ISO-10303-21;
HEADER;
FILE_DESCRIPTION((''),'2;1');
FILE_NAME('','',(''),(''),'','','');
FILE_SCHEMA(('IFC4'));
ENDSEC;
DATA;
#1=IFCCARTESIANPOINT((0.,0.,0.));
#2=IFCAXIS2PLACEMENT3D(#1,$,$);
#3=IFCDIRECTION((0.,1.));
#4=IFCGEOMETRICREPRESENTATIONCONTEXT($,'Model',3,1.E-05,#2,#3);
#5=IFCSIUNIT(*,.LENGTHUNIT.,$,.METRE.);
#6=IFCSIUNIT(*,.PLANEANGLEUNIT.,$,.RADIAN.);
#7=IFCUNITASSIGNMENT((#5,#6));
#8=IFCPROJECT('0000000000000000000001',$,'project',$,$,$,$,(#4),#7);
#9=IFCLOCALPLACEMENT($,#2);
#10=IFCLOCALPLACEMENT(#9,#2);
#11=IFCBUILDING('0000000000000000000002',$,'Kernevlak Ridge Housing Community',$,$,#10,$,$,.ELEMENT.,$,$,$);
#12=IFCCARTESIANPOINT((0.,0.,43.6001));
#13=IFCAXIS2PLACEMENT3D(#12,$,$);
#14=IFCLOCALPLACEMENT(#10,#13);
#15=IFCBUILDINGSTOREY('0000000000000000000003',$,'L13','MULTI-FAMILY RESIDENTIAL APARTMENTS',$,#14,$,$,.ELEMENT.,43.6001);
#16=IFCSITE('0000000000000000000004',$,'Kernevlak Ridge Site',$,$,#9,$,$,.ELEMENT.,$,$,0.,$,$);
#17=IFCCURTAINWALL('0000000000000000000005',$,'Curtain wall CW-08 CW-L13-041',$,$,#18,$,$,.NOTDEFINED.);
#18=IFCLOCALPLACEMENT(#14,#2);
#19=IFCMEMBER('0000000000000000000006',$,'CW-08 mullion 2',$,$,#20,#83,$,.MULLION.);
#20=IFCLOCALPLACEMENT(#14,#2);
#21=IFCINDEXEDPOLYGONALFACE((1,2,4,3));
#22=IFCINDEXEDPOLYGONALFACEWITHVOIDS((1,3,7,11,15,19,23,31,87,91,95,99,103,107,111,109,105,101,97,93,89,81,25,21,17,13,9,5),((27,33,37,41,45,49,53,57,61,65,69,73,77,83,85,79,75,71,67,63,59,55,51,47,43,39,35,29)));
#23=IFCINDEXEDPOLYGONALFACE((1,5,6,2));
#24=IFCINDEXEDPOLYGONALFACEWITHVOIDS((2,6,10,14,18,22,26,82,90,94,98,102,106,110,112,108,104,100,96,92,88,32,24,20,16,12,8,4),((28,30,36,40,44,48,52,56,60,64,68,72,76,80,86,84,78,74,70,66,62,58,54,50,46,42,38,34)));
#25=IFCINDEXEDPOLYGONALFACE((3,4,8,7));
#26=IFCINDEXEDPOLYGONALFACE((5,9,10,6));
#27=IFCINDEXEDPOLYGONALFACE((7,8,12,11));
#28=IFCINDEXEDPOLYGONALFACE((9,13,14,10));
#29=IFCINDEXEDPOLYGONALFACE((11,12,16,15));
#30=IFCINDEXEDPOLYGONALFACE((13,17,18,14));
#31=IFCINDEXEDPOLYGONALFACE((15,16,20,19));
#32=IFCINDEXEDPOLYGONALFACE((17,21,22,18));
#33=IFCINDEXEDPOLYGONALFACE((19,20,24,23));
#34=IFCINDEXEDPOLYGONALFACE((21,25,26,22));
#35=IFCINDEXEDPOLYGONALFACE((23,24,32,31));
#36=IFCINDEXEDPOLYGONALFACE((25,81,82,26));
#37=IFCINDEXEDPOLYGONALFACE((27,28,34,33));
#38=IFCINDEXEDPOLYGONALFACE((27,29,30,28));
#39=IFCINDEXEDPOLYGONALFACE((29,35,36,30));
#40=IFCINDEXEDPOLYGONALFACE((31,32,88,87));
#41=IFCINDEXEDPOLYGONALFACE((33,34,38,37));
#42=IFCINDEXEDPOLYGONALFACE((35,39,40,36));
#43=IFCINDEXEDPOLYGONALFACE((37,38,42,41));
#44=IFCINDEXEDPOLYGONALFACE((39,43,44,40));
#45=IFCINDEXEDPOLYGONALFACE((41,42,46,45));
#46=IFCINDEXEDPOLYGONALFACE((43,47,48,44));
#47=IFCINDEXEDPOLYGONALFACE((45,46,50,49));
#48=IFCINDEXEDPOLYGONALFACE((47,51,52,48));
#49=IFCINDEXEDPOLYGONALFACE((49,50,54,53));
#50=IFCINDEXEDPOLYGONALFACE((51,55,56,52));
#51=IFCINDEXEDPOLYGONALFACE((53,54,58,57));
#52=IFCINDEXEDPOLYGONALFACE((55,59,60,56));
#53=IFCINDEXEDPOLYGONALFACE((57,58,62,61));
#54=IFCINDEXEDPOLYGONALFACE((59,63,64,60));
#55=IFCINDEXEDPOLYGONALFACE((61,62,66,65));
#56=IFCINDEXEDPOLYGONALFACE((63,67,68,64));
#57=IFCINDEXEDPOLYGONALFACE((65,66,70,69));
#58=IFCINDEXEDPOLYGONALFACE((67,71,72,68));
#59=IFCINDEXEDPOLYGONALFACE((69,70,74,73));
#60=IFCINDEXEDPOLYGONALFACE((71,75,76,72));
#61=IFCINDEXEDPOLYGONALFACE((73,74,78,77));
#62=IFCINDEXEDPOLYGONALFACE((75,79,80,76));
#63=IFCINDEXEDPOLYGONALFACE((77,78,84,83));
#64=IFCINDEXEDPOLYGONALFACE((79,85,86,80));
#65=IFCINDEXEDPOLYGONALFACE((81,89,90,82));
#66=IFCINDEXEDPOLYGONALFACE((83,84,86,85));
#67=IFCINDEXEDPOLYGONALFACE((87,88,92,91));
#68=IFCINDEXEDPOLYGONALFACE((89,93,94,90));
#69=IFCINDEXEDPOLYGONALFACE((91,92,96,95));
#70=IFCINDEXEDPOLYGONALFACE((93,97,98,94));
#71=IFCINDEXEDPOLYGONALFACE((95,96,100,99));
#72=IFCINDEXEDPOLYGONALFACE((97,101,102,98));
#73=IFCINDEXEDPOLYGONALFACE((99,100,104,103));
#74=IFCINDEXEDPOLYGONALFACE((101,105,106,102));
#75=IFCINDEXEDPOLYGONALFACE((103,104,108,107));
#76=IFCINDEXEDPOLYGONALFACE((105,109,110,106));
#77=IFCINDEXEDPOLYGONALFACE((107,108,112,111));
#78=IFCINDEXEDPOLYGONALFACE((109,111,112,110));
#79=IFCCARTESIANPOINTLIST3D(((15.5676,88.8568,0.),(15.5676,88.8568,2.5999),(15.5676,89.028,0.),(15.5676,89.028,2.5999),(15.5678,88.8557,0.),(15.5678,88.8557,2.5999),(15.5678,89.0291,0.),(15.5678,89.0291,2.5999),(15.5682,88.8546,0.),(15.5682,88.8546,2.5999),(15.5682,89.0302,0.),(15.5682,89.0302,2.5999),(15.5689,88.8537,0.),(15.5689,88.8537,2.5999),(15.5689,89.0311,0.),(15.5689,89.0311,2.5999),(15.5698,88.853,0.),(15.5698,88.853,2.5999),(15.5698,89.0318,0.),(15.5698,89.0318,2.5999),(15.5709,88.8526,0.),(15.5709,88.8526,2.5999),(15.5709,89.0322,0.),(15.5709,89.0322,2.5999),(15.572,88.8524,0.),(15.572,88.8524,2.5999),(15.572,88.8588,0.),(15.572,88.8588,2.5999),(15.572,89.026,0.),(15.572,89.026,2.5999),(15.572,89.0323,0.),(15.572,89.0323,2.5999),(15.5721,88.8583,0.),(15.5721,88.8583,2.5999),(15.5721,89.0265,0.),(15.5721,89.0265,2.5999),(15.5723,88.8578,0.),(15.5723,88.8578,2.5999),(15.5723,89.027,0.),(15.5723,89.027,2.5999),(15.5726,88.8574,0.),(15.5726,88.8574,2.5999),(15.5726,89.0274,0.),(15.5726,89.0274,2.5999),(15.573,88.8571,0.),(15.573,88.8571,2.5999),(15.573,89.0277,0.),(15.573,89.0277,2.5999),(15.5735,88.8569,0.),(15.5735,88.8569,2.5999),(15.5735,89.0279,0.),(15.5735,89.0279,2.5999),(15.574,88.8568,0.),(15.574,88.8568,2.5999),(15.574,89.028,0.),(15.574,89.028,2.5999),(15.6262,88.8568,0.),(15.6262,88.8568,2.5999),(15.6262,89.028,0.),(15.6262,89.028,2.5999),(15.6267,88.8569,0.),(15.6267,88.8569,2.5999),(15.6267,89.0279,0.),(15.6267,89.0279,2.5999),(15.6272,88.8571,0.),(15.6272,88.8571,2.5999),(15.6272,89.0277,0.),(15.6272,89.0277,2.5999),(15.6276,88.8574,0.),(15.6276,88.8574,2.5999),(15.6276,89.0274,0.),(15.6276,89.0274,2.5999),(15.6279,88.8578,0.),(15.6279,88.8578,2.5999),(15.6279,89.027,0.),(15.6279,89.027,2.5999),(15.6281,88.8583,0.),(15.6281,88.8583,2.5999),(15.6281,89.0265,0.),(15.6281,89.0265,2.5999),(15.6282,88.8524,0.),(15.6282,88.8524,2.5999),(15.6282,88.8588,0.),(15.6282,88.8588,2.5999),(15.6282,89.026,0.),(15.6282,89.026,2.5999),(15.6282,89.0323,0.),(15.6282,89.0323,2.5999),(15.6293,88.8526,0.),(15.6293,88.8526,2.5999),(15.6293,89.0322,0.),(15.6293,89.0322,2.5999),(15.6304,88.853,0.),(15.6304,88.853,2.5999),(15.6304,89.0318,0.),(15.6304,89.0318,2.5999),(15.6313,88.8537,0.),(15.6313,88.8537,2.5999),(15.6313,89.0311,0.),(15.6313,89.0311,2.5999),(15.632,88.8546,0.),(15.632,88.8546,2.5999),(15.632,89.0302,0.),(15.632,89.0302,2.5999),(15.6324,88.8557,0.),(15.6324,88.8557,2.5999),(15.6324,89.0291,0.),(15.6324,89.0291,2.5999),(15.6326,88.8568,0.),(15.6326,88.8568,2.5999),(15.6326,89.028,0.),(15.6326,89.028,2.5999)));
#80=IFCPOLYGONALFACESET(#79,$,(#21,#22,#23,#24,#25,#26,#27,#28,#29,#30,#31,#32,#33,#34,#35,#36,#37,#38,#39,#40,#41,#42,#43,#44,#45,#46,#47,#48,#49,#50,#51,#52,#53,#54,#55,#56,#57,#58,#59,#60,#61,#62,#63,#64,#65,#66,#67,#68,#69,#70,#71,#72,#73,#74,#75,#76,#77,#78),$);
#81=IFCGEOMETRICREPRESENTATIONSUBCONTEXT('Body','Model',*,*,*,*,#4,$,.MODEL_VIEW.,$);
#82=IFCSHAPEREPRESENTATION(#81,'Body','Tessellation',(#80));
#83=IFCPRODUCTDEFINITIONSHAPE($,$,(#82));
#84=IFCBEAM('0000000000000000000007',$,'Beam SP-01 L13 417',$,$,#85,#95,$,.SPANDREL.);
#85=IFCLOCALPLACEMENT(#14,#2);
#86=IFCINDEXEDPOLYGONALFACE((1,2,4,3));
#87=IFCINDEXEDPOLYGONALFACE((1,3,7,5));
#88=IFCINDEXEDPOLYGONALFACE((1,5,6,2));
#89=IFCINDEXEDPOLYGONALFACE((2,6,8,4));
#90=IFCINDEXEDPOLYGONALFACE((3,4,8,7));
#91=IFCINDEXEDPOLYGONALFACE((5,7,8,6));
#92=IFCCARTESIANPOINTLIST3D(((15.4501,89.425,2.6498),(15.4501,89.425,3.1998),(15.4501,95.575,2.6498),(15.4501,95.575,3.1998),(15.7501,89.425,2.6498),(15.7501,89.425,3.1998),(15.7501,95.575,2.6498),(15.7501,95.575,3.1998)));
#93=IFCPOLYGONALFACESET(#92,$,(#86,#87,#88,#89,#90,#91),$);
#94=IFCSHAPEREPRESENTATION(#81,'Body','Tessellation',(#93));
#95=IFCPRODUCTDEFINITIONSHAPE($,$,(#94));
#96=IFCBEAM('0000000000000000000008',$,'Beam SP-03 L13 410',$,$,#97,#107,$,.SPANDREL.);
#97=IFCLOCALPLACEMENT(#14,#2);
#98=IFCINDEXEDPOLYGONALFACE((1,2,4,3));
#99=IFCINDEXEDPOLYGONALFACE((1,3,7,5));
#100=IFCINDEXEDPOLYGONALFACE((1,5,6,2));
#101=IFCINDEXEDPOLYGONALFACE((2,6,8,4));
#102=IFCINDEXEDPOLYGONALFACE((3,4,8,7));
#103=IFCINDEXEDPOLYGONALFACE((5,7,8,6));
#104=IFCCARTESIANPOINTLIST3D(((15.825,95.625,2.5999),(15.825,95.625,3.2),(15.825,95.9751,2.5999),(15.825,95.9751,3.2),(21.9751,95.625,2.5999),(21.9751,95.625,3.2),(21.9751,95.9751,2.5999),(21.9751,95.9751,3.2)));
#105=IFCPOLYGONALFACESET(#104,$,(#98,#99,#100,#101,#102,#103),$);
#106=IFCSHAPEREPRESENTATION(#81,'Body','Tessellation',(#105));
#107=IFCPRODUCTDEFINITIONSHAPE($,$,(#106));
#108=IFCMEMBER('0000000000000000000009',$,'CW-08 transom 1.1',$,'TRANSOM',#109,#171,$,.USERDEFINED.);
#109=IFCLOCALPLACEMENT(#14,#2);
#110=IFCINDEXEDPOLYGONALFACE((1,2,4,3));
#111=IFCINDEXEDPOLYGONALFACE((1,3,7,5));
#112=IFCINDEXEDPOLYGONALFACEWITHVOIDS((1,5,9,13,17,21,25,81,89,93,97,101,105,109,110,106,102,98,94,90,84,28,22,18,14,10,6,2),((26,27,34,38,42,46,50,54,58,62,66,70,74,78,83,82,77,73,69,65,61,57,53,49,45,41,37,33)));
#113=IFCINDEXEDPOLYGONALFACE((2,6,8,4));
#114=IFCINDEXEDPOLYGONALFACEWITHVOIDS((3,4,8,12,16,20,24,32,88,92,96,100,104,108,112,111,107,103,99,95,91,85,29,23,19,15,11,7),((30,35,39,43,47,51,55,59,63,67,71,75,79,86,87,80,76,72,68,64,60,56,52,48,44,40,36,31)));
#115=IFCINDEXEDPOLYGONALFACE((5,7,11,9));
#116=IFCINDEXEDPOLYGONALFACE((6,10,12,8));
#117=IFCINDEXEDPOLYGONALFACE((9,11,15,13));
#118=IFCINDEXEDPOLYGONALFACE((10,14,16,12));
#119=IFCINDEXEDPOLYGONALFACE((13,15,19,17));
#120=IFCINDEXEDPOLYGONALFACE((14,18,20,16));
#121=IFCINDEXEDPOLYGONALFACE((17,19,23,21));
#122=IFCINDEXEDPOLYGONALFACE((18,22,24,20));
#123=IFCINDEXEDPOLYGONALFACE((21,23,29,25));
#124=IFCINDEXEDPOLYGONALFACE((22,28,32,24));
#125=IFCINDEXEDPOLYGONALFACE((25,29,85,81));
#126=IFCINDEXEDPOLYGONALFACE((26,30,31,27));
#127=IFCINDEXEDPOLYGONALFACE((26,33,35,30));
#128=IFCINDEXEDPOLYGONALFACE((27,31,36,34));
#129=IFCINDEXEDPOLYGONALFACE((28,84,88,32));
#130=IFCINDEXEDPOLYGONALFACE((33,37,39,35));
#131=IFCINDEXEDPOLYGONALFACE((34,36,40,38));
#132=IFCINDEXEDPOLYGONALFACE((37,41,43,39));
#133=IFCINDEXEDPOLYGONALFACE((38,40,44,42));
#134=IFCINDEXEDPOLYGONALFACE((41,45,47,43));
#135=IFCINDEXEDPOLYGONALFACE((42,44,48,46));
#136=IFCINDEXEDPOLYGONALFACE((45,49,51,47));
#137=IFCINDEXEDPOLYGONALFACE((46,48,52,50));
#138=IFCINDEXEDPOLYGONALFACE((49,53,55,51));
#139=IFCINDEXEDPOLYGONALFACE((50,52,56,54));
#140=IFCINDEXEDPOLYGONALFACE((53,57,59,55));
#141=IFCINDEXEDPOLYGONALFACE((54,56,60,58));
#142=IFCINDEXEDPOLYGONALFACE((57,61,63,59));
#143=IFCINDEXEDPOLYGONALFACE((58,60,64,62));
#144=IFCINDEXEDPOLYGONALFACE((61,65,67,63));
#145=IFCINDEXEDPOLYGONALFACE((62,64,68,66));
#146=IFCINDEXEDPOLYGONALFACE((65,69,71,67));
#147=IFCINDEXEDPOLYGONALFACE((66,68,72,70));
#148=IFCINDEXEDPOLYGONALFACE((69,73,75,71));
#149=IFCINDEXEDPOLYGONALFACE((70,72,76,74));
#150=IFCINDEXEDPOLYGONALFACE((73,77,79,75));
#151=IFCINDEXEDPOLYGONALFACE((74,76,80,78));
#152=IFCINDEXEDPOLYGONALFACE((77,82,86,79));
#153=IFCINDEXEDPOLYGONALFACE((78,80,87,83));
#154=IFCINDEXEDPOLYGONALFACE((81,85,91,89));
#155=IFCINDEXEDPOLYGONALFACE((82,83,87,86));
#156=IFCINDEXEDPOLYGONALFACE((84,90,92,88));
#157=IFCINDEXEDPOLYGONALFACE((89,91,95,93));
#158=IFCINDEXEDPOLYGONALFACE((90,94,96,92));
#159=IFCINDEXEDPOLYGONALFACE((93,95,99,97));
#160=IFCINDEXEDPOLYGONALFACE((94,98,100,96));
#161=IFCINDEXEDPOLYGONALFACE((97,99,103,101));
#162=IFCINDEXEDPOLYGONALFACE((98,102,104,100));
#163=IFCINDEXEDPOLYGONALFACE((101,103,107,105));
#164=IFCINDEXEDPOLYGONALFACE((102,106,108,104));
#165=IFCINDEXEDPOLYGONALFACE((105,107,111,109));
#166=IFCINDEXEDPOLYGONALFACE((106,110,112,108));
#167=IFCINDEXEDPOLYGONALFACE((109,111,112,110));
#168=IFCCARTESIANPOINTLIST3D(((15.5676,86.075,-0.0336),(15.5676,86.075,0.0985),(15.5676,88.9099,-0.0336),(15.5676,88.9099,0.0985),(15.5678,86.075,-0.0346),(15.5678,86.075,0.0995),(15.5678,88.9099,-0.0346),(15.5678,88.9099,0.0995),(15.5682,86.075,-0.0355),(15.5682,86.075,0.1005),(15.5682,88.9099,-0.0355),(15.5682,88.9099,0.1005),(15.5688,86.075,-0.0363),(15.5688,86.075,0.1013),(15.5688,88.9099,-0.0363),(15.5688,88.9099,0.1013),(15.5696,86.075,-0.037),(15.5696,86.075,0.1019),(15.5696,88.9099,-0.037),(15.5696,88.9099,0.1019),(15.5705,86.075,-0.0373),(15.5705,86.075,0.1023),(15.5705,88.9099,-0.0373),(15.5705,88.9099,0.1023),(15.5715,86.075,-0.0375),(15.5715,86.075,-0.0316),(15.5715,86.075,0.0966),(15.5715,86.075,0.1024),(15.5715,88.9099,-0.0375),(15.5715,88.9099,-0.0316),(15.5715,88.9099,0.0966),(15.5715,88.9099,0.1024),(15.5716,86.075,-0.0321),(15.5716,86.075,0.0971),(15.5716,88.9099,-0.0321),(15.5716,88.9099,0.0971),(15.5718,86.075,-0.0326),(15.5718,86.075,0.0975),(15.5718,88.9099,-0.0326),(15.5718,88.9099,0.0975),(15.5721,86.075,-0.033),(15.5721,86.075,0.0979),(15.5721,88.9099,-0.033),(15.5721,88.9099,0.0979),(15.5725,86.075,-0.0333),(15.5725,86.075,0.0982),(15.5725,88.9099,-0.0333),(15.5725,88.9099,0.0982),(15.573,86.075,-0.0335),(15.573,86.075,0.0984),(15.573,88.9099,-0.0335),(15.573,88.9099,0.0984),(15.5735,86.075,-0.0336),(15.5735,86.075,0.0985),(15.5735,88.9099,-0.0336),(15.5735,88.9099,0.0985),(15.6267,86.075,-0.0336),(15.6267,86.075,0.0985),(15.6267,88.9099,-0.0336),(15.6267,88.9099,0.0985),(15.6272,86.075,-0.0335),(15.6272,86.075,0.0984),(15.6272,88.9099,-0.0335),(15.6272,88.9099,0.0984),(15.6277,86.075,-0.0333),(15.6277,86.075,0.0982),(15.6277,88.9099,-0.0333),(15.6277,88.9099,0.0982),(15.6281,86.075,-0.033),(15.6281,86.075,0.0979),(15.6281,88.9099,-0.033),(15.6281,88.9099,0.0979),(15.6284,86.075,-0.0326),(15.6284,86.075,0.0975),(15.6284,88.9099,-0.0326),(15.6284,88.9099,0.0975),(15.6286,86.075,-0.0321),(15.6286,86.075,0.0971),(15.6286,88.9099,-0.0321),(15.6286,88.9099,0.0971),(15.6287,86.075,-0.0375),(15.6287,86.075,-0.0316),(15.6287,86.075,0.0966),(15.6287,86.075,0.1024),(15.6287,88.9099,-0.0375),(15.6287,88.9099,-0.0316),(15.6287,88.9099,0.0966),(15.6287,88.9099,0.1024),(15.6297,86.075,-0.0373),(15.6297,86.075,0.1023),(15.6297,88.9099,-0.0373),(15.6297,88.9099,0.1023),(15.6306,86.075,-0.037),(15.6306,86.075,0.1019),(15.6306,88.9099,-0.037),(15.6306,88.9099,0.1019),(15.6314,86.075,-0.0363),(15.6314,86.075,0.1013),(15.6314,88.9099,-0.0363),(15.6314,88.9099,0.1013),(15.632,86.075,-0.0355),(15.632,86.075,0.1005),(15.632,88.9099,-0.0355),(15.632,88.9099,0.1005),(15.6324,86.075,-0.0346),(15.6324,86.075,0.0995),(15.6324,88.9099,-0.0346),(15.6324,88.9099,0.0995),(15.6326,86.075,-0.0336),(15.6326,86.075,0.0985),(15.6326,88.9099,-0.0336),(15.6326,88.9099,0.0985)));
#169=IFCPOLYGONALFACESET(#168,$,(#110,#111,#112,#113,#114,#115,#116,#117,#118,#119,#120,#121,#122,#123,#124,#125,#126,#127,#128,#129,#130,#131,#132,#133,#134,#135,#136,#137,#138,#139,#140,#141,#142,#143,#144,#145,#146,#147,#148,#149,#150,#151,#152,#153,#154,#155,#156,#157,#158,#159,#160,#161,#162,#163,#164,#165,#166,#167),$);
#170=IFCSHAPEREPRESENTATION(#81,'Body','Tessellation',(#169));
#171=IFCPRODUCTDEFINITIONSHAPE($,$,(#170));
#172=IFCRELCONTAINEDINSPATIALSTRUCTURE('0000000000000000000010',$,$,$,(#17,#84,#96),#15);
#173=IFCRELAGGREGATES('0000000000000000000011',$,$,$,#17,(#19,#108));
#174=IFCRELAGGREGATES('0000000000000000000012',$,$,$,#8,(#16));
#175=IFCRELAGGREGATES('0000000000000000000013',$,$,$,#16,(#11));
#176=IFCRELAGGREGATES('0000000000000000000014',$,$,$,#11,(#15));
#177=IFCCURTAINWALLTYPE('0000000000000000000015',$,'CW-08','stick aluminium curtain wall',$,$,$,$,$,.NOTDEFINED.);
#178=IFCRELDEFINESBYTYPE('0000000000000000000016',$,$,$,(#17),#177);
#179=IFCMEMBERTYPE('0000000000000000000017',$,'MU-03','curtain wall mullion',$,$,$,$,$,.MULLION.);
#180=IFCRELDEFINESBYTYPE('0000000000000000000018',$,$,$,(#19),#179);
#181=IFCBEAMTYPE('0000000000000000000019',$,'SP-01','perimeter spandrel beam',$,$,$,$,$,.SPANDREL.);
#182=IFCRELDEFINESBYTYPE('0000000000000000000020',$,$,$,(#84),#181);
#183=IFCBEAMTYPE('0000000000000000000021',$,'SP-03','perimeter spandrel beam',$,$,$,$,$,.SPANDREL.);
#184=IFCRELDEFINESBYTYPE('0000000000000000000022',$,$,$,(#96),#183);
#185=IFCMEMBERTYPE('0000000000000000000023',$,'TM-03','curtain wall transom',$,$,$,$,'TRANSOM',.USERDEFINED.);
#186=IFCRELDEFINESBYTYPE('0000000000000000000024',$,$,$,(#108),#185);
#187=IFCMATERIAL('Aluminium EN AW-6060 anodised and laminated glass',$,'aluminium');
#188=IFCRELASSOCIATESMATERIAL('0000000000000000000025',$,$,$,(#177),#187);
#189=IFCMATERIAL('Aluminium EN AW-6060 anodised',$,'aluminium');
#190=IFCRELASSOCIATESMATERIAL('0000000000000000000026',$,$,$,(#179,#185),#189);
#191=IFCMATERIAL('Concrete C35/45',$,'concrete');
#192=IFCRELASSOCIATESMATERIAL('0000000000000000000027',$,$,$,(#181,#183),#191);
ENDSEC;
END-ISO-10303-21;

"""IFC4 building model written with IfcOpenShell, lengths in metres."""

from ifc_helpers import new_model, si_unit, direction, frame, origin, origin_2d, place, context, subcontext, project, spatial, rectangle, hollow_rectangle, extrude, material, material_profile, profile_set, type_object, element, aggregate, save


model = new_model("IFC4")

# Units and contexts
model_context = context("Model", 3, precision=1e-05, world=origin(), true_north=direction((0.0, 1.0)))
body_context = subcontext(model_context, "Body", "Model", "MODEL_VIEW")
ifc_project = project(units=[si_unit("LENGTHUNIT", "METRE"), si_unit("PLANEANGLEUNIT", "RADIAN")], contexts=[model_context])

# Site, building, storey
site_placement = place(None, origin())
site = spatial("IfcSite", under=ifc_project, at=site_placement, Name="Kernevlak Ridge Site", CompositionType="ELEMENT", RefElevation=0.0)
building_placement = place(site_placement, origin())
building = spatial("IfcBuilding", under=site, at=building_placement, Name="Kernevlak Ridge Housing Community", CompositionType="ELEMENT")
storey_placement = place(building_placement, frame((0.0, 0.0, 43.6001)))
storey = spatial("IfcBuildingStorey", under=building, at=storey_placement, Name="L13", Description="MULTI-FAMILY RESIDENTIAL APARTMENTS", CompositionType="ELEMENT", Elevation=43.6001)

# Shared definitions
ifc_material_1 = material(Name="Concrete C35/45", Category="concrete")

# Shared definitions
ifc_material_2 = material(Name="Aluminium EN AW-6060 anodised and laminated glass", Category="aluminium")
ifc_material_3 = material(Name="Aluminium EN AW-6060 anodised", Category="aluminium")

# Curtain wall, member
curtain_wall_type_1 = type_object("IfcCurtainWallType", Name="CW-08", Description="stick aluminium curtain wall", PredefinedType="NOTDEFINED", material=ifc_material_2)
curtain_wall_1_placement = place(storey_placement, origin())
curtain_wall_1 = element("IfcCurtainWall", 1, at=curtain_wall_1_placement, inside=storey, type_object=curtain_wall_type_1, Name="Curtain wall CW-08 CW-L13-041", PredefinedType="NOTDEFINED")
ifc_material_profile_1 = material_profile(ifc_material_3, hollow_rectangle(XDim=0.0649, YDim=0.1799, WallThickness=0.0044, InnerFilletRadius=0.002, OuterFilletRadius=0.0044, at=origin_2d()), Name="ALU 65x180x4.5")
ifc_profile_set_1 = profile_set([ifc_material_profile_1], Name="Aluminium EN AW-6060 anodised")
member_type_1 = type_object("IfcMemberType", Name="MU-03", Description="curtain wall mullion", PredefinedType="MULLION", material=ifc_profile_set_1)
member_1_placement = place(storey_placement, frame((15.6001, 88.9424, 0.0), z_axis=(0.0, 0.0, 1.0), x_axis=(-1.0, 0.0, 0.0)))
member_1 = element("IfcMember", 2, at=member_1_placement, type_object=member_type_1, Name="CW-08 mullion 2", PredefinedType="MULLION", context=body_context, shape_type="SweptSolid", body=[
    extrude(hollow_rectangle(XDim=0.0649, YDim=0.1799, WallThickness=0.0044, InnerFilletRadius=0.002, OuterFilletRadius=0.0044, at=origin_2d()), origin(), (0.0, 0.0, 1.0), 2.5999),
])

# Beams
ifc_material_profile_2 = material_profile(ifc_material_1, rectangle(XDim=0.3, YDim=0.55, at=origin_2d()), Name="RC 300x550")
ifc_profile_set_2 = profile_set([ifc_material_profile_2], Name="Concrete C35/45")
beam_type_1 = type_object("IfcBeamType", Name="SP-01", Description="perimeter spandrel beam", PredefinedType="SPANDREL", material=ifc_profile_set_2)
beam_1_placement = place(storey_placement, frame((15.6001, 89.425, 2.9248), z_axis=(0.0, 1.0, 0.0), x_axis=(-1.0, 0.0, 0.0)))
element("IfcBeam", 3, at=beam_1_placement, inside=storey, type_object=beam_type_1, Name="Beam SP-01 L13 417", PredefinedType="SPANDREL", context=body_context, shape_type="SweptSolid", body=[
    extrude(rectangle(XDim=0.3, YDim=0.55, at=origin_2d()), origin(), (0.0, 0.0, 1.0), 6.1499),
])
ifc_material_profile_3 = material_profile(ifc_material_1, rectangle(XDim=0.3501, YDim=0.6001, at=origin_2d()), Name="RC 350x600")
ifc_profile_set_3 = profile_set([ifc_material_profile_3], Name="Concrete C35/45")
beam_type_2 = type_object("IfcBeamType", Name="SP-03", Description="perimeter spandrel beam", PredefinedType="SPANDREL", material=ifc_profile_set_3)
beam_2_placement = place(storey_placement, frame((15.825, 95.8, 2.8999), z_axis=(1.0, 0.0, 0.0), x_axis=(0.0, 1.0, 0.0)))
element("IfcBeam", 4, at=beam_2_placement, inside=storey, type_object=beam_type_2, Name="Beam SP-03 L13 410", PredefinedType="SPANDREL", context=body_context, shape_type="SweptSolid", body=[
    extrude(rectangle(XDim=0.3501, YDim=0.6001, at=origin_2d()), origin(), (0.0, 0.0, 1.0), 6.1501),
])

# Member
ifc_material_profile_4 = material_profile(ifc_material_3, hollow_rectangle(XDim=0.0649, YDim=0.1399, WallThickness=0.0039, InnerFilletRadius=0.002, OuterFilletRadius=0.0039, at=origin_2d()), Name="ALU 65x140x4")
ifc_profile_set_4 = profile_set([ifc_material_profile_4], Name="Aluminium EN AW-6060 anodised")
member_type_2 = type_object("IfcMemberType", Name="TM-03", Description="curtain wall transom", ElementType="TRANSOM", PredefinedType="USERDEFINED", material=ifc_profile_set_4)
member_2_placement = place(storey_placement, frame((15.6001, 86.075, 0.0325), z_axis=(0.0, 1.0, 0.0), x_axis=(-1.0, 0.0, 0.0)))
member_2 = element("IfcMember", 5, at=member_2_placement, type_object=member_type_2, Name="CW-08 transom 1.1", ObjectType="TRANSOM", PredefinedType="USERDEFINED", context=body_context, shape_type="SweptSolid", body=[
    extrude(hollow_rectangle(XDim=0.0649, YDim=0.1399, WallThickness=0.0039, InnerFilletRadius=0.002, OuterFilletRadius=0.0039, at=origin_2d()), origin(), (0.0, 0.0, 1.0), 2.835),
])

aggregate(curtain_wall_1, [member_1, member_2])

save(model, "model.ifc")
